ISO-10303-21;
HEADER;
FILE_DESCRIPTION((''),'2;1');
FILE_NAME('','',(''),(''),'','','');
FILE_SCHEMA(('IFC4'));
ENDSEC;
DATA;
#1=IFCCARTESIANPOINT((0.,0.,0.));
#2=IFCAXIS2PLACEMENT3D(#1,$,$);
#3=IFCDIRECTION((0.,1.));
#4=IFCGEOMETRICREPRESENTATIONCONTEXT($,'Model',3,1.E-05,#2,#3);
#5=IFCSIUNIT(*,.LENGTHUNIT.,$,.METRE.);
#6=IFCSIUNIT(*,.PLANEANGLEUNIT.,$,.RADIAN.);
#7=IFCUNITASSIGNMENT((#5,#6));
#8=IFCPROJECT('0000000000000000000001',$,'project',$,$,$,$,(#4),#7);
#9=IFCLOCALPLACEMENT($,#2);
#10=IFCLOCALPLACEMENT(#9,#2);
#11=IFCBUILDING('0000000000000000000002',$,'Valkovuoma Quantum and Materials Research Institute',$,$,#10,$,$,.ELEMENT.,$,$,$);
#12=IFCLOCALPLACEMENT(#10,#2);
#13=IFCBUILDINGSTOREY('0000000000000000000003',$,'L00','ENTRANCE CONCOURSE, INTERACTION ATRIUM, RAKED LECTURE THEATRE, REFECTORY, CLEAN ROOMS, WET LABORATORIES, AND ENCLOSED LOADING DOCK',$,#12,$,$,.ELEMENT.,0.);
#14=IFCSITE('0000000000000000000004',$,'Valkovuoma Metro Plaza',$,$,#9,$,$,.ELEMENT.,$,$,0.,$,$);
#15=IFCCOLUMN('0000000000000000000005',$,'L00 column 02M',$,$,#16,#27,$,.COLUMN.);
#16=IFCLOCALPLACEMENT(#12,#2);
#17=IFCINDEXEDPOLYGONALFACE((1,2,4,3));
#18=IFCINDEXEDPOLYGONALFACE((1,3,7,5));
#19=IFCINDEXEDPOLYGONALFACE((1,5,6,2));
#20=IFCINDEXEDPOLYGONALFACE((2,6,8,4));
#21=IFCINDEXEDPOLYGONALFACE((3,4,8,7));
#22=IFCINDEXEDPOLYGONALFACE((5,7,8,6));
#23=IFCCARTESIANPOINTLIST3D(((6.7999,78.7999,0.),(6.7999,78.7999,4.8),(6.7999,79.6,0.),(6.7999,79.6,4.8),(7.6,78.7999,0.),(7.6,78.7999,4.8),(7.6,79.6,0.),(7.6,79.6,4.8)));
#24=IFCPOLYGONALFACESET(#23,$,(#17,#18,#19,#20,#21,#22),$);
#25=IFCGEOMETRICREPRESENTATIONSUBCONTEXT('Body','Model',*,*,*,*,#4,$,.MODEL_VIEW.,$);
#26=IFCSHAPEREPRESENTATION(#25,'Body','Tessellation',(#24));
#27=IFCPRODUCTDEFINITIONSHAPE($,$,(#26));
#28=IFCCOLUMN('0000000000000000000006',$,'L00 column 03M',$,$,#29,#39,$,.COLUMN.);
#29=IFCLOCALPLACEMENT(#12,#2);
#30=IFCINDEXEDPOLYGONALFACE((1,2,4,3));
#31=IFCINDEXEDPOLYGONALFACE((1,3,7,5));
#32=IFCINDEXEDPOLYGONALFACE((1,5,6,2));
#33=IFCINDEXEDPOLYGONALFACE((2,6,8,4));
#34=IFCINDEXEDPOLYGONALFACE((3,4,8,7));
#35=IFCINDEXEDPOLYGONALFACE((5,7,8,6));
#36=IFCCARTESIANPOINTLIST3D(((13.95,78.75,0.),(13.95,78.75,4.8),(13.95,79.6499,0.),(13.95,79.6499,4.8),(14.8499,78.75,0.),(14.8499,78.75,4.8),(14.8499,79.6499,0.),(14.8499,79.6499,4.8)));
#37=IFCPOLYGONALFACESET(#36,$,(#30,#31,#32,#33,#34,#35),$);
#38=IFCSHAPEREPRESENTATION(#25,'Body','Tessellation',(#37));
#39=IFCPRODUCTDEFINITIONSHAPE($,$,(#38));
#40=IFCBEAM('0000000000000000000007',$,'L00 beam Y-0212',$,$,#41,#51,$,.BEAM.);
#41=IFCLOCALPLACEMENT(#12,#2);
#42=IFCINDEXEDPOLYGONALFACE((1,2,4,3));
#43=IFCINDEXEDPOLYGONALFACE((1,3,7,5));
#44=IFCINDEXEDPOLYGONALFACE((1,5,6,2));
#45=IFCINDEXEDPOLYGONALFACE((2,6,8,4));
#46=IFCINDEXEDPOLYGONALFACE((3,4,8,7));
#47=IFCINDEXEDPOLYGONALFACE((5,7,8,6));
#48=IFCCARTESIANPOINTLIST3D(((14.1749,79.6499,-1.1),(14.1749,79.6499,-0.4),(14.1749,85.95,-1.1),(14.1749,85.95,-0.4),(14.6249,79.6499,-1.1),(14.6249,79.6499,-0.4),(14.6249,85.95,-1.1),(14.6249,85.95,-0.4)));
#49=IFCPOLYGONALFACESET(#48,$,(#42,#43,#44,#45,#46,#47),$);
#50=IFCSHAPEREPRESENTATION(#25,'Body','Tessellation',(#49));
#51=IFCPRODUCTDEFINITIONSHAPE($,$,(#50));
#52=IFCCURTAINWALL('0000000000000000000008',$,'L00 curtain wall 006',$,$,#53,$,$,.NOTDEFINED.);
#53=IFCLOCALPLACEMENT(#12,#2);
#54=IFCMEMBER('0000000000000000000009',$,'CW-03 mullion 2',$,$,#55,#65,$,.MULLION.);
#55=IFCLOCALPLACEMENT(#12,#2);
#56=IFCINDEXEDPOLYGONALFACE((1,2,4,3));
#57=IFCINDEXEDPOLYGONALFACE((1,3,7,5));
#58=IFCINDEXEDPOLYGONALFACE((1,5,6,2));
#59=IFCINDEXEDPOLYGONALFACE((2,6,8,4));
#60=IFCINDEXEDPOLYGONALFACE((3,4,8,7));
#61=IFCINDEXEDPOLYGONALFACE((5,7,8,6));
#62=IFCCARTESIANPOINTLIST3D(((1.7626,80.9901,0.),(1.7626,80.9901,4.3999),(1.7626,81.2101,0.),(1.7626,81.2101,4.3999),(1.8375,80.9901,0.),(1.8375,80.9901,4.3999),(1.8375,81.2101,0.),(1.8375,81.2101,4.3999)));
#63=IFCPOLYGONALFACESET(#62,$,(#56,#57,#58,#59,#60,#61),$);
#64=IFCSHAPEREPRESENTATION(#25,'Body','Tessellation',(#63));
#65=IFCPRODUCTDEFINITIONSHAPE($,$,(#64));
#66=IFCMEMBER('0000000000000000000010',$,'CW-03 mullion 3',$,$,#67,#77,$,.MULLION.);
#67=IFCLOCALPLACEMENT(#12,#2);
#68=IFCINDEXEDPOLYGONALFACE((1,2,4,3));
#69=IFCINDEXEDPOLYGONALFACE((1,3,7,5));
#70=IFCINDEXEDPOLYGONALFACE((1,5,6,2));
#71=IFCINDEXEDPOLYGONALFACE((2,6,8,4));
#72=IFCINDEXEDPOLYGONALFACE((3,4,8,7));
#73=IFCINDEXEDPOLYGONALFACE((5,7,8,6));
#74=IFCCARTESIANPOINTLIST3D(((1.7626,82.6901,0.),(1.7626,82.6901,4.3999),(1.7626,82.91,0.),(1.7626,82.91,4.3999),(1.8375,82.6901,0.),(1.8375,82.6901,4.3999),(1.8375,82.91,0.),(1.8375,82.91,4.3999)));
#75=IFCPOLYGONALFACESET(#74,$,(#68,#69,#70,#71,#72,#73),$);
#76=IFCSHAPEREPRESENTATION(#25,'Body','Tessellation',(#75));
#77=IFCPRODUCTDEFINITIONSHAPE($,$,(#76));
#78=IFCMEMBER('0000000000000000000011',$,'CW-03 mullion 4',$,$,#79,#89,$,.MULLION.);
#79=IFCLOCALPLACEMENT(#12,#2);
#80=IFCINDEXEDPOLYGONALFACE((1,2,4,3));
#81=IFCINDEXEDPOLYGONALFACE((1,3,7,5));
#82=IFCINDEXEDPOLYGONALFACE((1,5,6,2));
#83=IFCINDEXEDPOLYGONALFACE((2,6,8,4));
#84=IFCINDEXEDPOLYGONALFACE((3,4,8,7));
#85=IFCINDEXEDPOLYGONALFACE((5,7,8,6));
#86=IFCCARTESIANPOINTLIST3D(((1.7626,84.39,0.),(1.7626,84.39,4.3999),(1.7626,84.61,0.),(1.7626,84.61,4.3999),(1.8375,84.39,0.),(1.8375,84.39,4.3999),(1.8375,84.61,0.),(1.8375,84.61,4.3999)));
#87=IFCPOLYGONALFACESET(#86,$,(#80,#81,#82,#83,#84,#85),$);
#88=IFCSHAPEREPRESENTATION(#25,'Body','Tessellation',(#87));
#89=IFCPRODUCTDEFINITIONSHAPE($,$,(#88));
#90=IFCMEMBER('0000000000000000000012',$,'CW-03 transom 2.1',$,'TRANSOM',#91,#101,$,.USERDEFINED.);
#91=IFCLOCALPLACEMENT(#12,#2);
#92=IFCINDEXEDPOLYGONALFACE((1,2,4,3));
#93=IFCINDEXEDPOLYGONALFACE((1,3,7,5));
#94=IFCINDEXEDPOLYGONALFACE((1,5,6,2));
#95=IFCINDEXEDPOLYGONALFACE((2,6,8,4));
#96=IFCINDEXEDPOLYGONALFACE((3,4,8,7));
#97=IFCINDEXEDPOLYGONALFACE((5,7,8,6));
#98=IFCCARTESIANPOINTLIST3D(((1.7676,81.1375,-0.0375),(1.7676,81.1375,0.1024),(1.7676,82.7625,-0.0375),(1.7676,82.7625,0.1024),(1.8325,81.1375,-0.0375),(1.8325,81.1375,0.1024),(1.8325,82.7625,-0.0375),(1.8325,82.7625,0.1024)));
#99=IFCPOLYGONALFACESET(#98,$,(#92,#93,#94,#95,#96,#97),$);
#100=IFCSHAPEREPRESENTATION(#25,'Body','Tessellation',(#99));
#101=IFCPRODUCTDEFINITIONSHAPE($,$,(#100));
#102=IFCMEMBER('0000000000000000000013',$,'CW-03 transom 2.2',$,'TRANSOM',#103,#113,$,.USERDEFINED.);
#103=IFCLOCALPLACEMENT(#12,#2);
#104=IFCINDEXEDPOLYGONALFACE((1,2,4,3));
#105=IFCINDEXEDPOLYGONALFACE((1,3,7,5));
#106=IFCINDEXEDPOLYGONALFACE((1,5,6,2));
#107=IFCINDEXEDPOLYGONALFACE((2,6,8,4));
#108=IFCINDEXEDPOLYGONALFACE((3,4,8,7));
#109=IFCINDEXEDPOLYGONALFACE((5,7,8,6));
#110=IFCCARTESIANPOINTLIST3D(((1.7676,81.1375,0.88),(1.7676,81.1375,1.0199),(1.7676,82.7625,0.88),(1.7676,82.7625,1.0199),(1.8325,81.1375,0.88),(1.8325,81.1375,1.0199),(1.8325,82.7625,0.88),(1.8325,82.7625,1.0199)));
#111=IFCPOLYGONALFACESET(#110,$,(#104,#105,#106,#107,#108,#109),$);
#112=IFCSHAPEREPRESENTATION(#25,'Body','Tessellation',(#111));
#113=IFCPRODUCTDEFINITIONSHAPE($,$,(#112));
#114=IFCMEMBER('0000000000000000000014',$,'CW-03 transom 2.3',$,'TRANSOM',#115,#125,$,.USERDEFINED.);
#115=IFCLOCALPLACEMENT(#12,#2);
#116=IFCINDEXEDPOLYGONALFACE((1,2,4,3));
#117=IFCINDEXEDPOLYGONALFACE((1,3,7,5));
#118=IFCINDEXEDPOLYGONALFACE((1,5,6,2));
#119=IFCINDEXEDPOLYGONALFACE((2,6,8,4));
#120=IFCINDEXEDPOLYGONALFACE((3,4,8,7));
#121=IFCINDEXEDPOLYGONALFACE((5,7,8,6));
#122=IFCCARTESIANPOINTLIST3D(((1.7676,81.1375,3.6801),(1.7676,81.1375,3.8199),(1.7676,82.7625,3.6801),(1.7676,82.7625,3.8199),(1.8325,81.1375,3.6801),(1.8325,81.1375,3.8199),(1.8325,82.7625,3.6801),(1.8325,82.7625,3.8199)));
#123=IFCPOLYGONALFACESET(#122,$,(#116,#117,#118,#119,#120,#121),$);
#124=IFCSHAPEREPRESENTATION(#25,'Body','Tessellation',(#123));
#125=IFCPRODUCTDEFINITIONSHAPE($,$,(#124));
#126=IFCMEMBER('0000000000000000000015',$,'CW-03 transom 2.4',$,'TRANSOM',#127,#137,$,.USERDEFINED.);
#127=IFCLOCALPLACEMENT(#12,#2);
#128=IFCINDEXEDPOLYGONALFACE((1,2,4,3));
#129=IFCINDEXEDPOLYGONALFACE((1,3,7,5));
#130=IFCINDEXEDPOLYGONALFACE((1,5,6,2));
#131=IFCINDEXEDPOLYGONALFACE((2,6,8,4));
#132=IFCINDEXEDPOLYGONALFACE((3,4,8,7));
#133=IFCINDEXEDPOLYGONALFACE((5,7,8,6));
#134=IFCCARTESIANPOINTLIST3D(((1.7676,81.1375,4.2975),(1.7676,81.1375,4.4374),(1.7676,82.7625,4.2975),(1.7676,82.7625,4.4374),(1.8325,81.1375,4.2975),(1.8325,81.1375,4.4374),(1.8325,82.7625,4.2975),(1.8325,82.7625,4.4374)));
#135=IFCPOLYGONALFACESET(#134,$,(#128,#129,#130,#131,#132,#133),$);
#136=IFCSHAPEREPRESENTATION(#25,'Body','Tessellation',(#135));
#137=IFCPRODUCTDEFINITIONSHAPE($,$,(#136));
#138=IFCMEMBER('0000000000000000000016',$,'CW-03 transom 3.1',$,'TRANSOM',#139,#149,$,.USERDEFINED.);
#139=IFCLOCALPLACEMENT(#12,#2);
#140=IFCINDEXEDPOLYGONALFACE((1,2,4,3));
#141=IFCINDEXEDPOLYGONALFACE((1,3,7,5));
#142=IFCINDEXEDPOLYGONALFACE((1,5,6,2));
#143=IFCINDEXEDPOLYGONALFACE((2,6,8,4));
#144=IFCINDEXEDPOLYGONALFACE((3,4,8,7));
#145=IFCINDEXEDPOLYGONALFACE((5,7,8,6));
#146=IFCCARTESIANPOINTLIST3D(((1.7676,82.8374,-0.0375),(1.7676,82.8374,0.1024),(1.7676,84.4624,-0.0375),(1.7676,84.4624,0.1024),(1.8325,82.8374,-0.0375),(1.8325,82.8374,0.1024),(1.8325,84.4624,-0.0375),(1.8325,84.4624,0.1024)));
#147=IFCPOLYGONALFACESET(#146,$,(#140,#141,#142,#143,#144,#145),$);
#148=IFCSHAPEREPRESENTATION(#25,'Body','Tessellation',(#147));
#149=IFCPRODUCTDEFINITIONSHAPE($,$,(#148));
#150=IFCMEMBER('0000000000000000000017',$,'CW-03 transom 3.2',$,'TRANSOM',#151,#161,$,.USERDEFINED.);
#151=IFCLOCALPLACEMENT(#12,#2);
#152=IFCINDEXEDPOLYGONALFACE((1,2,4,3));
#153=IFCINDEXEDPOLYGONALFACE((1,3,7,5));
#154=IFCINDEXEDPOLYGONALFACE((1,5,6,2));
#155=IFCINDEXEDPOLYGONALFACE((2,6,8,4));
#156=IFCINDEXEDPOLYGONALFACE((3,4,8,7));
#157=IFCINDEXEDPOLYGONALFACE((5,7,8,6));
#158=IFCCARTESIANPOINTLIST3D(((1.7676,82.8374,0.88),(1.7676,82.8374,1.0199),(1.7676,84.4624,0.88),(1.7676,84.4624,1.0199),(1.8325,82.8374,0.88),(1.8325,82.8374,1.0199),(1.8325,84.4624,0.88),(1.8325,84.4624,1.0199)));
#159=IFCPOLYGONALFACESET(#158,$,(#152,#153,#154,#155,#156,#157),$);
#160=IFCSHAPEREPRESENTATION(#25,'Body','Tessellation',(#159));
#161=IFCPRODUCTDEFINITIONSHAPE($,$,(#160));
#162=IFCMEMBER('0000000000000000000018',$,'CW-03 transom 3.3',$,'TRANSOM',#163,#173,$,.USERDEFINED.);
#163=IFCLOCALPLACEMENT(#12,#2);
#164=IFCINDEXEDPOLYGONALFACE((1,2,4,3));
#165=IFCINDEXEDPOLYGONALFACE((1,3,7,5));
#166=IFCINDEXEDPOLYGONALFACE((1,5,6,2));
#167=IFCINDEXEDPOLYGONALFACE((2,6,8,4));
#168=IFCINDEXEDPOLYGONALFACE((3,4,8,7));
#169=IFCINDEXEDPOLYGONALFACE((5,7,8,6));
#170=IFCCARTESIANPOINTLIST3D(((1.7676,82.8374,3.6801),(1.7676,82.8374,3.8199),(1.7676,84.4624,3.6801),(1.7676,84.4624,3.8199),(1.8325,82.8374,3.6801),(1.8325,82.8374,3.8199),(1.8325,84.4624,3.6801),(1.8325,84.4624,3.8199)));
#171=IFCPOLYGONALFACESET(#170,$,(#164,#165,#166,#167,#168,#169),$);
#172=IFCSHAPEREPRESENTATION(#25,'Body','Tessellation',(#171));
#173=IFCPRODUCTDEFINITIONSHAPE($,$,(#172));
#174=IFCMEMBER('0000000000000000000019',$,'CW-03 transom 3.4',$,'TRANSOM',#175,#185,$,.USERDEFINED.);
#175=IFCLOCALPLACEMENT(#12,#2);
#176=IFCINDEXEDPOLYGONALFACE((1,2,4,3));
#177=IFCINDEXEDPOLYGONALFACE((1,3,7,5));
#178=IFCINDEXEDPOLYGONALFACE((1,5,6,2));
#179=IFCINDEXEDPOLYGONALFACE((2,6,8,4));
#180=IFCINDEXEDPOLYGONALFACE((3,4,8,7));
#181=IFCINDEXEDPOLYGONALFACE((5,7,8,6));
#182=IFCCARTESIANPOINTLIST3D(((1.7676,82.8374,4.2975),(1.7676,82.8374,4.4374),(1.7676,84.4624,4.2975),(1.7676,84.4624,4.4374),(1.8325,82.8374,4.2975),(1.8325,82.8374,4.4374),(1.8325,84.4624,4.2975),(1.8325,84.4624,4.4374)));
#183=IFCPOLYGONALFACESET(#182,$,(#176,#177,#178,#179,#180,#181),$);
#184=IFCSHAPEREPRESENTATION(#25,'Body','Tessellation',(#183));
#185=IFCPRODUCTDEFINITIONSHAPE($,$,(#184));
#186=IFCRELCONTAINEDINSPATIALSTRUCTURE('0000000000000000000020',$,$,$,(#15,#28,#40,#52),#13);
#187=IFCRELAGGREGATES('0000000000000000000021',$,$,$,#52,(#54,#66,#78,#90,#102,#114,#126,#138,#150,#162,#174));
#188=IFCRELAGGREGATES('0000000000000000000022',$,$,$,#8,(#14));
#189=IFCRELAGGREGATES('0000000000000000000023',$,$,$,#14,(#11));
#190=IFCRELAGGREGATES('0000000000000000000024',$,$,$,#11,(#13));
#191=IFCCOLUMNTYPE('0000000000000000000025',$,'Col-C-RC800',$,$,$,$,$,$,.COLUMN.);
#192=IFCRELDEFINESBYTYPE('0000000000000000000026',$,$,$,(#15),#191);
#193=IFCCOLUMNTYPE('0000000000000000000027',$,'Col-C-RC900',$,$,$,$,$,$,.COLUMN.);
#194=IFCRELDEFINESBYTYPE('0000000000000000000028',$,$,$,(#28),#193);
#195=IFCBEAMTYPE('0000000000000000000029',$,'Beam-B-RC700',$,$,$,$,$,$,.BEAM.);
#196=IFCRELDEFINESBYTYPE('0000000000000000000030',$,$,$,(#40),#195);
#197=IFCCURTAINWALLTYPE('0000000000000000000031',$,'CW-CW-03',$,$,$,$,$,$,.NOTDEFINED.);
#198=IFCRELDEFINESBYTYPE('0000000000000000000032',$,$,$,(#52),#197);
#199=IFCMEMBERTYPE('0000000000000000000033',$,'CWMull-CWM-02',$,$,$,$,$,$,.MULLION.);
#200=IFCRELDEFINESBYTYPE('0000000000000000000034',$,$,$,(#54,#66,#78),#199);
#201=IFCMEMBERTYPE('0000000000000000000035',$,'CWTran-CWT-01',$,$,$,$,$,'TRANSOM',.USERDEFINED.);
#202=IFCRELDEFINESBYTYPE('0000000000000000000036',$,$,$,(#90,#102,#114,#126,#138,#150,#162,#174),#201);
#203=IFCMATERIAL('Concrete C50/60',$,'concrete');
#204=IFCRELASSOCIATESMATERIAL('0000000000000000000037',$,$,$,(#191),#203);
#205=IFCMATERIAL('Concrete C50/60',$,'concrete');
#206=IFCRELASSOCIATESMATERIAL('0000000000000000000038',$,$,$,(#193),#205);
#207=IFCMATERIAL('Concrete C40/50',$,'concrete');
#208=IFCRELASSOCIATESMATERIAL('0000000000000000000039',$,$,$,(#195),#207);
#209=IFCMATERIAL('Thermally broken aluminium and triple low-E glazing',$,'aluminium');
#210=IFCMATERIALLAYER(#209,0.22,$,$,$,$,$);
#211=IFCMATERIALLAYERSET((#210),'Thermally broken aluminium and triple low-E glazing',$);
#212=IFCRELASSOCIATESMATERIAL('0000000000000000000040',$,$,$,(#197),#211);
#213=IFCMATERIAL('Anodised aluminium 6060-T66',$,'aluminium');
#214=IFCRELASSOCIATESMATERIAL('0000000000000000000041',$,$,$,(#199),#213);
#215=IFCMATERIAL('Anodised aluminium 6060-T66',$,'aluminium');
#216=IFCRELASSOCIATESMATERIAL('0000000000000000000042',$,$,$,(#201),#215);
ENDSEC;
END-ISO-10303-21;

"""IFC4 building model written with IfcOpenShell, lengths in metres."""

from ifc_helpers import new_model, si_unit, direction, frame, origin, origin_2d, place, context, subcontext, project, spatial, rectangle, extrude, material, layer, layer_set, material_profile, profile_set, type_object, element, aggregate, save


model = new_model("IFC4")

# Units and contexts
model_context = context("Model", 3, precision=1e-05, world=origin(), true_north=direction((0.0, 1.0)))
body_context = subcontext(model_context, "Body", "Model", "MODEL_VIEW")
ifc_project = project(units=[si_unit("LENGTHUNIT", "METRE"), si_unit("PLANEANGLEUNIT", "RADIAN")], contexts=[model_context])

# Site, building, storey
site_placement = place(None, origin())
site = spatial("IfcSite", under=ifc_project, at=site_placement, Name="Valkovuoma Metro Plaza", CompositionType="ELEMENT", RefElevation=0.0)
building_placement = place(site_placement, origin())
building = spatial("IfcBuilding", under=site, at=building_placement, Name="Valkovuoma Quantum and Materials Research Institute", CompositionType="ELEMENT")
storey_placement = place(building_placement, origin())
storey = spatial("IfcBuildingStorey", under=building, at=storey_placement, Name="L00", Description="ENTRANCE CONCOURSE, INTERACTION ATRIUM, RAKED LECTURE THEATRE, REFECTORY, CLEAN ROOMS, WET LABORATORIES, AND ENCLOSED LOADING DOCK", CompositionType="ELEMENT", Elevation=0.0)

# Columns
ifc_material_1 = material(Name="Concrete C50/60", Category="concrete")
ifc_material_profile_1 = material_profile(ifc_material_1, rectangle(XDim=0.8, YDim=0.8, at=origin_2d()), Name="Concrete C50/60")
ifc_profile_set_1 = profile_set([ifc_material_profile_1], Name="Concrete C50/60")
column_type_1 = type_object("IfcColumnType", Name="Col-C-RC800", PredefinedType="COLUMN", material=ifc_profile_set_1)
column_1_placement = place(storey_placement, frame((7.2, 79.2, 0.0), z_axis=(0.0, 0.0, 1.0), x_axis=(1.0, 0.0, 0.0)))
element("IfcColumn", 1, at=column_1_placement, inside=storey, type_object=column_type_1, Name="L00 column 02M", PredefinedType="COLUMN", context=body_context, shape_type="SweptSolid", body=[
    extrude(rectangle(XDim=0.8, YDim=0.8, at=origin_2d()), origin(), (0.0, 0.0, 1.0), 4.8),
])
ifc_material_2 = material(Name="Concrete C50/60", Category="concrete")
ifc_material_profile_2 = material_profile(ifc_material_2, rectangle(XDim=0.8999, YDim=0.8999, at=origin_2d()), Name="Concrete C50/60")
ifc_profile_set_2 = profile_set([ifc_material_profile_2], Name="Concrete C50/60")
column_type_2 = type_object("IfcColumnType", Name="Col-C-RC900", PredefinedType="COLUMN", material=ifc_profile_set_2)
column_2_placement = place(storey_placement, frame((14.3999, 79.2, 0.0), z_axis=(0.0, 0.0, 1.0), x_axis=(1.0, 0.0, 0.0)))
element("IfcColumn", 2, at=column_2_placement, inside=storey, type_object=column_type_2, Name="L00 column 03M", PredefinedType="COLUMN", context=body_context, shape_type="SweptSolid", body=[
    extrude(rectangle(XDim=0.8999, YDim=0.8999, at=origin_2d()), origin(), (0.0, 0.0, 1.0), 4.8),
])

# Beam
ifc_material_3 = material(Name="Concrete C40/50", Category="concrete")
ifc_material_profile_3 = material_profile(ifc_material_3, rectangle(XDim=0.45, YDim=0.7, at=origin_2d()), Name="Concrete C40/50")
ifc_profile_set_3 = profile_set([ifc_material_profile_3], Name="Concrete C40/50")
beam_type = type_object("IfcBeamType", Name="Beam-B-RC700", PredefinedType="BEAM", material=ifc_profile_set_3)
beam_placement = place(storey_placement, frame((14.3999, 79.6499, -0.75), z_axis=(0.0, 1.0, 0.0), x_axis=(-1.0, 0.0, 0.0)))
element("IfcBeam", 3, at=beam_placement, inside=storey, type_object=beam_type, Name="L00 beam Y-0212", PredefinedType="BEAM", context=body_context, shape_type="SweptSolid", body=[
    extrude(rectangle(XDim=0.45, YDim=0.7, at=origin_2d()), origin(), (0.0, 0.0, 1.0), 6.3),
])

# Curtain wall, members
ifc_material_4 = material(Name="Thermally broken aluminium and triple low-E glazing", Category="aluminium")
ifc_layer_1 = layer(ifc_material_4, 0.22)
ifc_layer_set_1 = layer_set([ifc_layer_1], Name="Thermally broken aluminium and triple low-E glazing")
curtain_wall_type = type_object("IfcCurtainWallType", Name="CW-CW-03", PredefinedType="NOTDEFINED", material=ifc_layer_set_1)
curtain_wall_placement = place(storey_placement, origin())
curtain_wall = element("IfcCurtainWall", 4, at=curtain_wall_placement, inside=storey, type_object=curtain_wall_type, Name="L00 curtain wall 006", PredefinedType="NOTDEFINED")
ifc_material_5 = material(Name="Anodised aluminium 6060-T66", Category="aluminium")
ifc_material_profile_4 = material_profile(ifc_material_5, rectangle(XDim=0.075, YDim=0.22, at=origin_2d()), Name="Anodised aluminium 6060-T66")
ifc_profile_set_4 = profile_set([ifc_material_profile_4], Name="Anodised aluminium 6060-T66")
member_type_1 = type_object("IfcMemberType", Name="CWMull-CWM-02", PredefinedType="MULLION", material=ifc_profile_set_4)
member_1_placement = place(storey_placement, frame((1.8, 81.1001, 0.0), z_axis=(0.0, 0.0, 1.0), x_axis=(-1.0, 0.0, 0.0)))
member_1 = element("IfcMember", 5, at=member_1_placement, type_object=member_type_1, Name="CW-03 mullion 2", PredefinedType="MULLION", context=body_context, shape_type="SweptSolid", body=[
    extrude(rectangle(XDim=0.075, YDim=0.22, at=origin_2d()), origin(), (0.0, 0.0, 1.0), 4.3999),
])
member_2_placement = place(storey_placement, frame((1.8, 82.8, 0.0), z_axis=(0.0, 0.0, 1.0), x_axis=(-1.0, 0.0, 0.0)))
member_2 = element("IfcMember", 6, at=member_2_placement, type_object=member_type_1, Name="CW-03 mullion 3", PredefinedType="MULLION", context=body_context, shape_type="SweptSolid", body=[
    extrude(rectangle(XDim=0.075, YDim=0.22, at=origin_2d()), origin(), (0.0, 0.0, 1.0), 4.3999),
])
member_3_placement = place(storey_placement, frame((1.8, 84.5, 0.0), z_axis=(0.0, 0.0, 1.0), x_axis=(-1.0, 0.0, 0.0)))
member_3 = element("IfcMember", 7, at=member_3_placement, type_object=member_type_1, Name="CW-03 mullion 4", PredefinedType="MULLION", context=body_context, shape_type="SweptSolid", body=[
    extrude(rectangle(XDim=0.075, YDim=0.22, at=origin_2d()), origin(), (0.0, 0.0, 1.0), 4.3999),
])
ifc_material_6 = material(Name="Anodised aluminium 6060-T66", Category="aluminium")
ifc_material_profile_5 = material_profile(ifc_material_6, rectangle(XDim=0.0649, YDim=0.1399, at=origin_2d()), Name="Anodised aluminium 6060-T66")
ifc_profile_set_5 = profile_set([ifc_material_profile_5], Name="Anodised aluminium 6060-T66")
member_type_2 = type_object("IfcMemberType", Name="CWTran-CWT-01", ElementType="TRANSOM", PredefinedType="USERDEFINED", material=ifc_profile_set_5)
member_4_placement = place(storey_placement, frame((1.8, 81.1375, 0.0325), z_axis=(0.0, 1.0, 0.0), x_axis=(-1.0, 0.0, 0.0)))
member_4 = element("IfcMember", 8, at=member_4_placement, type_object=member_type_2, Name="CW-03 transom 2.1", ObjectType="TRANSOM", PredefinedType="USERDEFINED", context=body_context, shape_type="SweptSolid", body=[
    extrude(rectangle(XDim=0.0649, YDim=0.1399, at=origin_2d()), origin(), (0.0, 0.0, 1.0), 1.625),
])
member_5_placement = place(storey_placement, frame((1.8, 81.1375, 0.95), z_axis=(0.0, 1.0, 0.0), x_axis=(-1.0, 0.0, 0.0)))
member_5 = element("IfcMember", 9, at=member_5_placement, type_object=member_type_2, Name="CW-03 transom 2.2", ObjectType="TRANSOM", PredefinedType="USERDEFINED", context=body_context, shape_type="SweptSolid", body=[
    extrude(rectangle(XDim=0.0649, YDim=0.1399, at=origin_2d()), origin(), (0.0, 0.0, 1.0), 1.625),
])
member_6_placement = place(storey_placement, frame((1.8, 81.1375, 3.75), z_axis=(0.0, 1.0, 0.0), x_axis=(-1.0, 0.0, 0.0)))
member_6 = element("IfcMember", 10, at=member_6_placement, type_object=member_type_2, Name="CW-03 transom 2.3", ObjectType="TRANSOM", PredefinedType="USERDEFINED", context=body_context, shape_type="SweptSolid", body=[
    extrude(rectangle(XDim=0.0649, YDim=0.1399, at=origin_2d()), origin(), (0.0, 0.0, 1.0), 1.625),
])
member_7_placement = place(storey_placement, frame((1.8, 81.1375, 4.3674), z_axis=(0.0, 1.0, 0.0), x_axis=(-1.0, 0.0, 0.0)))
member_7 = element("IfcMember", 11, at=member_7_placement, type_object=member_type_2, Name="CW-03 transom 2.4", ObjectType="TRANSOM", PredefinedType="USERDEFINED", context=body_context, shape_type="SweptSolid", body=[
    extrude(rectangle(XDim=0.0649, YDim=0.1399, at=origin_2d()), origin(), (0.0, 0.0, 1.0), 1.625),
])
member_8_placement = place(storey_placement, frame((1.8, 82.8374, 0.0325), z_axis=(0.0, 1.0, 0.0), x_axis=(-1.0, 0.0, 0.0)))
member_8 = element("IfcMember", 12, at=member_8_placement, type_object=member_type_2, Name="CW-03 transom 3.1", ObjectType="TRANSOM", PredefinedType="USERDEFINED", context=body_context, shape_type="SweptSolid", body=[
    extrude(rectangle(XDim=0.0649, YDim=0.1399, at=origin_2d()), origin(), (0.0, 0.0, 1.0), 1.625),
])
member_9_placement = place(storey_placement, frame((1.8, 82.8374, 0.95), z_axis=(0.0, 1.0, 0.0), x_axis=(-1.0, 0.0, 0.0)))
member_9 = element("IfcMember", 13, at=member_9_placement, type_object=member_type_2, Name="CW-03 transom 3.2", ObjectType="TRANSOM", PredefinedType="USERDEFINED", context=body_context, shape_type="SweptSolid", body=[
    extrude(rectangle(XDim=0.0649, YDim=0.1399, at=origin_2d()), origin(), (0.0, 0.0, 1.0), 1.625),
])
member_10_placement = place(storey_placement, frame((1.8, 82.8374, 3.75), z_axis=(0.0, 1.0, 0.0), x_axis=(-1.0, 0.0, 0.0)))
member_10 = element("IfcMember", 14, at=member_10_placement, type_object=member_type_2, Name="CW-03 transom 3.3", ObjectType="TRANSOM", PredefinedType="USERDEFINED", context=body_context, shape_type="SweptSolid", body=[
    extrude(rectangle(XDim=0.0649, YDim=0.1399, at=origin_2d()), origin(), (0.0, 0.0, 1.0), 1.625),
])
member_11_placement = place(storey_placement, frame((1.8, 82.8374, 4.3674), z_axis=(0.0, 1.0, 0.0), x_axis=(-1.0, 0.0, 0.0)))
member_11 = element("IfcMember", 15, at=member_11_placement, type_object=member_type_2, Name="CW-03 transom 3.4", ObjectType="TRANSOM", PredefinedType="USERDEFINED", context=body_context, shape_type="SweptSolid", body=[
    extrude(rectangle(XDim=0.0649, YDim=0.1399, at=origin_2d()), origin(), (0.0, 0.0, 1.0), 1.625),
])
aggregate(curtain_wall, [member_1, member_2, member_3, member_4, member_5, member_6, member_7, member_8, member_9, member_10, member_11])

save(model, "model.ifc")
